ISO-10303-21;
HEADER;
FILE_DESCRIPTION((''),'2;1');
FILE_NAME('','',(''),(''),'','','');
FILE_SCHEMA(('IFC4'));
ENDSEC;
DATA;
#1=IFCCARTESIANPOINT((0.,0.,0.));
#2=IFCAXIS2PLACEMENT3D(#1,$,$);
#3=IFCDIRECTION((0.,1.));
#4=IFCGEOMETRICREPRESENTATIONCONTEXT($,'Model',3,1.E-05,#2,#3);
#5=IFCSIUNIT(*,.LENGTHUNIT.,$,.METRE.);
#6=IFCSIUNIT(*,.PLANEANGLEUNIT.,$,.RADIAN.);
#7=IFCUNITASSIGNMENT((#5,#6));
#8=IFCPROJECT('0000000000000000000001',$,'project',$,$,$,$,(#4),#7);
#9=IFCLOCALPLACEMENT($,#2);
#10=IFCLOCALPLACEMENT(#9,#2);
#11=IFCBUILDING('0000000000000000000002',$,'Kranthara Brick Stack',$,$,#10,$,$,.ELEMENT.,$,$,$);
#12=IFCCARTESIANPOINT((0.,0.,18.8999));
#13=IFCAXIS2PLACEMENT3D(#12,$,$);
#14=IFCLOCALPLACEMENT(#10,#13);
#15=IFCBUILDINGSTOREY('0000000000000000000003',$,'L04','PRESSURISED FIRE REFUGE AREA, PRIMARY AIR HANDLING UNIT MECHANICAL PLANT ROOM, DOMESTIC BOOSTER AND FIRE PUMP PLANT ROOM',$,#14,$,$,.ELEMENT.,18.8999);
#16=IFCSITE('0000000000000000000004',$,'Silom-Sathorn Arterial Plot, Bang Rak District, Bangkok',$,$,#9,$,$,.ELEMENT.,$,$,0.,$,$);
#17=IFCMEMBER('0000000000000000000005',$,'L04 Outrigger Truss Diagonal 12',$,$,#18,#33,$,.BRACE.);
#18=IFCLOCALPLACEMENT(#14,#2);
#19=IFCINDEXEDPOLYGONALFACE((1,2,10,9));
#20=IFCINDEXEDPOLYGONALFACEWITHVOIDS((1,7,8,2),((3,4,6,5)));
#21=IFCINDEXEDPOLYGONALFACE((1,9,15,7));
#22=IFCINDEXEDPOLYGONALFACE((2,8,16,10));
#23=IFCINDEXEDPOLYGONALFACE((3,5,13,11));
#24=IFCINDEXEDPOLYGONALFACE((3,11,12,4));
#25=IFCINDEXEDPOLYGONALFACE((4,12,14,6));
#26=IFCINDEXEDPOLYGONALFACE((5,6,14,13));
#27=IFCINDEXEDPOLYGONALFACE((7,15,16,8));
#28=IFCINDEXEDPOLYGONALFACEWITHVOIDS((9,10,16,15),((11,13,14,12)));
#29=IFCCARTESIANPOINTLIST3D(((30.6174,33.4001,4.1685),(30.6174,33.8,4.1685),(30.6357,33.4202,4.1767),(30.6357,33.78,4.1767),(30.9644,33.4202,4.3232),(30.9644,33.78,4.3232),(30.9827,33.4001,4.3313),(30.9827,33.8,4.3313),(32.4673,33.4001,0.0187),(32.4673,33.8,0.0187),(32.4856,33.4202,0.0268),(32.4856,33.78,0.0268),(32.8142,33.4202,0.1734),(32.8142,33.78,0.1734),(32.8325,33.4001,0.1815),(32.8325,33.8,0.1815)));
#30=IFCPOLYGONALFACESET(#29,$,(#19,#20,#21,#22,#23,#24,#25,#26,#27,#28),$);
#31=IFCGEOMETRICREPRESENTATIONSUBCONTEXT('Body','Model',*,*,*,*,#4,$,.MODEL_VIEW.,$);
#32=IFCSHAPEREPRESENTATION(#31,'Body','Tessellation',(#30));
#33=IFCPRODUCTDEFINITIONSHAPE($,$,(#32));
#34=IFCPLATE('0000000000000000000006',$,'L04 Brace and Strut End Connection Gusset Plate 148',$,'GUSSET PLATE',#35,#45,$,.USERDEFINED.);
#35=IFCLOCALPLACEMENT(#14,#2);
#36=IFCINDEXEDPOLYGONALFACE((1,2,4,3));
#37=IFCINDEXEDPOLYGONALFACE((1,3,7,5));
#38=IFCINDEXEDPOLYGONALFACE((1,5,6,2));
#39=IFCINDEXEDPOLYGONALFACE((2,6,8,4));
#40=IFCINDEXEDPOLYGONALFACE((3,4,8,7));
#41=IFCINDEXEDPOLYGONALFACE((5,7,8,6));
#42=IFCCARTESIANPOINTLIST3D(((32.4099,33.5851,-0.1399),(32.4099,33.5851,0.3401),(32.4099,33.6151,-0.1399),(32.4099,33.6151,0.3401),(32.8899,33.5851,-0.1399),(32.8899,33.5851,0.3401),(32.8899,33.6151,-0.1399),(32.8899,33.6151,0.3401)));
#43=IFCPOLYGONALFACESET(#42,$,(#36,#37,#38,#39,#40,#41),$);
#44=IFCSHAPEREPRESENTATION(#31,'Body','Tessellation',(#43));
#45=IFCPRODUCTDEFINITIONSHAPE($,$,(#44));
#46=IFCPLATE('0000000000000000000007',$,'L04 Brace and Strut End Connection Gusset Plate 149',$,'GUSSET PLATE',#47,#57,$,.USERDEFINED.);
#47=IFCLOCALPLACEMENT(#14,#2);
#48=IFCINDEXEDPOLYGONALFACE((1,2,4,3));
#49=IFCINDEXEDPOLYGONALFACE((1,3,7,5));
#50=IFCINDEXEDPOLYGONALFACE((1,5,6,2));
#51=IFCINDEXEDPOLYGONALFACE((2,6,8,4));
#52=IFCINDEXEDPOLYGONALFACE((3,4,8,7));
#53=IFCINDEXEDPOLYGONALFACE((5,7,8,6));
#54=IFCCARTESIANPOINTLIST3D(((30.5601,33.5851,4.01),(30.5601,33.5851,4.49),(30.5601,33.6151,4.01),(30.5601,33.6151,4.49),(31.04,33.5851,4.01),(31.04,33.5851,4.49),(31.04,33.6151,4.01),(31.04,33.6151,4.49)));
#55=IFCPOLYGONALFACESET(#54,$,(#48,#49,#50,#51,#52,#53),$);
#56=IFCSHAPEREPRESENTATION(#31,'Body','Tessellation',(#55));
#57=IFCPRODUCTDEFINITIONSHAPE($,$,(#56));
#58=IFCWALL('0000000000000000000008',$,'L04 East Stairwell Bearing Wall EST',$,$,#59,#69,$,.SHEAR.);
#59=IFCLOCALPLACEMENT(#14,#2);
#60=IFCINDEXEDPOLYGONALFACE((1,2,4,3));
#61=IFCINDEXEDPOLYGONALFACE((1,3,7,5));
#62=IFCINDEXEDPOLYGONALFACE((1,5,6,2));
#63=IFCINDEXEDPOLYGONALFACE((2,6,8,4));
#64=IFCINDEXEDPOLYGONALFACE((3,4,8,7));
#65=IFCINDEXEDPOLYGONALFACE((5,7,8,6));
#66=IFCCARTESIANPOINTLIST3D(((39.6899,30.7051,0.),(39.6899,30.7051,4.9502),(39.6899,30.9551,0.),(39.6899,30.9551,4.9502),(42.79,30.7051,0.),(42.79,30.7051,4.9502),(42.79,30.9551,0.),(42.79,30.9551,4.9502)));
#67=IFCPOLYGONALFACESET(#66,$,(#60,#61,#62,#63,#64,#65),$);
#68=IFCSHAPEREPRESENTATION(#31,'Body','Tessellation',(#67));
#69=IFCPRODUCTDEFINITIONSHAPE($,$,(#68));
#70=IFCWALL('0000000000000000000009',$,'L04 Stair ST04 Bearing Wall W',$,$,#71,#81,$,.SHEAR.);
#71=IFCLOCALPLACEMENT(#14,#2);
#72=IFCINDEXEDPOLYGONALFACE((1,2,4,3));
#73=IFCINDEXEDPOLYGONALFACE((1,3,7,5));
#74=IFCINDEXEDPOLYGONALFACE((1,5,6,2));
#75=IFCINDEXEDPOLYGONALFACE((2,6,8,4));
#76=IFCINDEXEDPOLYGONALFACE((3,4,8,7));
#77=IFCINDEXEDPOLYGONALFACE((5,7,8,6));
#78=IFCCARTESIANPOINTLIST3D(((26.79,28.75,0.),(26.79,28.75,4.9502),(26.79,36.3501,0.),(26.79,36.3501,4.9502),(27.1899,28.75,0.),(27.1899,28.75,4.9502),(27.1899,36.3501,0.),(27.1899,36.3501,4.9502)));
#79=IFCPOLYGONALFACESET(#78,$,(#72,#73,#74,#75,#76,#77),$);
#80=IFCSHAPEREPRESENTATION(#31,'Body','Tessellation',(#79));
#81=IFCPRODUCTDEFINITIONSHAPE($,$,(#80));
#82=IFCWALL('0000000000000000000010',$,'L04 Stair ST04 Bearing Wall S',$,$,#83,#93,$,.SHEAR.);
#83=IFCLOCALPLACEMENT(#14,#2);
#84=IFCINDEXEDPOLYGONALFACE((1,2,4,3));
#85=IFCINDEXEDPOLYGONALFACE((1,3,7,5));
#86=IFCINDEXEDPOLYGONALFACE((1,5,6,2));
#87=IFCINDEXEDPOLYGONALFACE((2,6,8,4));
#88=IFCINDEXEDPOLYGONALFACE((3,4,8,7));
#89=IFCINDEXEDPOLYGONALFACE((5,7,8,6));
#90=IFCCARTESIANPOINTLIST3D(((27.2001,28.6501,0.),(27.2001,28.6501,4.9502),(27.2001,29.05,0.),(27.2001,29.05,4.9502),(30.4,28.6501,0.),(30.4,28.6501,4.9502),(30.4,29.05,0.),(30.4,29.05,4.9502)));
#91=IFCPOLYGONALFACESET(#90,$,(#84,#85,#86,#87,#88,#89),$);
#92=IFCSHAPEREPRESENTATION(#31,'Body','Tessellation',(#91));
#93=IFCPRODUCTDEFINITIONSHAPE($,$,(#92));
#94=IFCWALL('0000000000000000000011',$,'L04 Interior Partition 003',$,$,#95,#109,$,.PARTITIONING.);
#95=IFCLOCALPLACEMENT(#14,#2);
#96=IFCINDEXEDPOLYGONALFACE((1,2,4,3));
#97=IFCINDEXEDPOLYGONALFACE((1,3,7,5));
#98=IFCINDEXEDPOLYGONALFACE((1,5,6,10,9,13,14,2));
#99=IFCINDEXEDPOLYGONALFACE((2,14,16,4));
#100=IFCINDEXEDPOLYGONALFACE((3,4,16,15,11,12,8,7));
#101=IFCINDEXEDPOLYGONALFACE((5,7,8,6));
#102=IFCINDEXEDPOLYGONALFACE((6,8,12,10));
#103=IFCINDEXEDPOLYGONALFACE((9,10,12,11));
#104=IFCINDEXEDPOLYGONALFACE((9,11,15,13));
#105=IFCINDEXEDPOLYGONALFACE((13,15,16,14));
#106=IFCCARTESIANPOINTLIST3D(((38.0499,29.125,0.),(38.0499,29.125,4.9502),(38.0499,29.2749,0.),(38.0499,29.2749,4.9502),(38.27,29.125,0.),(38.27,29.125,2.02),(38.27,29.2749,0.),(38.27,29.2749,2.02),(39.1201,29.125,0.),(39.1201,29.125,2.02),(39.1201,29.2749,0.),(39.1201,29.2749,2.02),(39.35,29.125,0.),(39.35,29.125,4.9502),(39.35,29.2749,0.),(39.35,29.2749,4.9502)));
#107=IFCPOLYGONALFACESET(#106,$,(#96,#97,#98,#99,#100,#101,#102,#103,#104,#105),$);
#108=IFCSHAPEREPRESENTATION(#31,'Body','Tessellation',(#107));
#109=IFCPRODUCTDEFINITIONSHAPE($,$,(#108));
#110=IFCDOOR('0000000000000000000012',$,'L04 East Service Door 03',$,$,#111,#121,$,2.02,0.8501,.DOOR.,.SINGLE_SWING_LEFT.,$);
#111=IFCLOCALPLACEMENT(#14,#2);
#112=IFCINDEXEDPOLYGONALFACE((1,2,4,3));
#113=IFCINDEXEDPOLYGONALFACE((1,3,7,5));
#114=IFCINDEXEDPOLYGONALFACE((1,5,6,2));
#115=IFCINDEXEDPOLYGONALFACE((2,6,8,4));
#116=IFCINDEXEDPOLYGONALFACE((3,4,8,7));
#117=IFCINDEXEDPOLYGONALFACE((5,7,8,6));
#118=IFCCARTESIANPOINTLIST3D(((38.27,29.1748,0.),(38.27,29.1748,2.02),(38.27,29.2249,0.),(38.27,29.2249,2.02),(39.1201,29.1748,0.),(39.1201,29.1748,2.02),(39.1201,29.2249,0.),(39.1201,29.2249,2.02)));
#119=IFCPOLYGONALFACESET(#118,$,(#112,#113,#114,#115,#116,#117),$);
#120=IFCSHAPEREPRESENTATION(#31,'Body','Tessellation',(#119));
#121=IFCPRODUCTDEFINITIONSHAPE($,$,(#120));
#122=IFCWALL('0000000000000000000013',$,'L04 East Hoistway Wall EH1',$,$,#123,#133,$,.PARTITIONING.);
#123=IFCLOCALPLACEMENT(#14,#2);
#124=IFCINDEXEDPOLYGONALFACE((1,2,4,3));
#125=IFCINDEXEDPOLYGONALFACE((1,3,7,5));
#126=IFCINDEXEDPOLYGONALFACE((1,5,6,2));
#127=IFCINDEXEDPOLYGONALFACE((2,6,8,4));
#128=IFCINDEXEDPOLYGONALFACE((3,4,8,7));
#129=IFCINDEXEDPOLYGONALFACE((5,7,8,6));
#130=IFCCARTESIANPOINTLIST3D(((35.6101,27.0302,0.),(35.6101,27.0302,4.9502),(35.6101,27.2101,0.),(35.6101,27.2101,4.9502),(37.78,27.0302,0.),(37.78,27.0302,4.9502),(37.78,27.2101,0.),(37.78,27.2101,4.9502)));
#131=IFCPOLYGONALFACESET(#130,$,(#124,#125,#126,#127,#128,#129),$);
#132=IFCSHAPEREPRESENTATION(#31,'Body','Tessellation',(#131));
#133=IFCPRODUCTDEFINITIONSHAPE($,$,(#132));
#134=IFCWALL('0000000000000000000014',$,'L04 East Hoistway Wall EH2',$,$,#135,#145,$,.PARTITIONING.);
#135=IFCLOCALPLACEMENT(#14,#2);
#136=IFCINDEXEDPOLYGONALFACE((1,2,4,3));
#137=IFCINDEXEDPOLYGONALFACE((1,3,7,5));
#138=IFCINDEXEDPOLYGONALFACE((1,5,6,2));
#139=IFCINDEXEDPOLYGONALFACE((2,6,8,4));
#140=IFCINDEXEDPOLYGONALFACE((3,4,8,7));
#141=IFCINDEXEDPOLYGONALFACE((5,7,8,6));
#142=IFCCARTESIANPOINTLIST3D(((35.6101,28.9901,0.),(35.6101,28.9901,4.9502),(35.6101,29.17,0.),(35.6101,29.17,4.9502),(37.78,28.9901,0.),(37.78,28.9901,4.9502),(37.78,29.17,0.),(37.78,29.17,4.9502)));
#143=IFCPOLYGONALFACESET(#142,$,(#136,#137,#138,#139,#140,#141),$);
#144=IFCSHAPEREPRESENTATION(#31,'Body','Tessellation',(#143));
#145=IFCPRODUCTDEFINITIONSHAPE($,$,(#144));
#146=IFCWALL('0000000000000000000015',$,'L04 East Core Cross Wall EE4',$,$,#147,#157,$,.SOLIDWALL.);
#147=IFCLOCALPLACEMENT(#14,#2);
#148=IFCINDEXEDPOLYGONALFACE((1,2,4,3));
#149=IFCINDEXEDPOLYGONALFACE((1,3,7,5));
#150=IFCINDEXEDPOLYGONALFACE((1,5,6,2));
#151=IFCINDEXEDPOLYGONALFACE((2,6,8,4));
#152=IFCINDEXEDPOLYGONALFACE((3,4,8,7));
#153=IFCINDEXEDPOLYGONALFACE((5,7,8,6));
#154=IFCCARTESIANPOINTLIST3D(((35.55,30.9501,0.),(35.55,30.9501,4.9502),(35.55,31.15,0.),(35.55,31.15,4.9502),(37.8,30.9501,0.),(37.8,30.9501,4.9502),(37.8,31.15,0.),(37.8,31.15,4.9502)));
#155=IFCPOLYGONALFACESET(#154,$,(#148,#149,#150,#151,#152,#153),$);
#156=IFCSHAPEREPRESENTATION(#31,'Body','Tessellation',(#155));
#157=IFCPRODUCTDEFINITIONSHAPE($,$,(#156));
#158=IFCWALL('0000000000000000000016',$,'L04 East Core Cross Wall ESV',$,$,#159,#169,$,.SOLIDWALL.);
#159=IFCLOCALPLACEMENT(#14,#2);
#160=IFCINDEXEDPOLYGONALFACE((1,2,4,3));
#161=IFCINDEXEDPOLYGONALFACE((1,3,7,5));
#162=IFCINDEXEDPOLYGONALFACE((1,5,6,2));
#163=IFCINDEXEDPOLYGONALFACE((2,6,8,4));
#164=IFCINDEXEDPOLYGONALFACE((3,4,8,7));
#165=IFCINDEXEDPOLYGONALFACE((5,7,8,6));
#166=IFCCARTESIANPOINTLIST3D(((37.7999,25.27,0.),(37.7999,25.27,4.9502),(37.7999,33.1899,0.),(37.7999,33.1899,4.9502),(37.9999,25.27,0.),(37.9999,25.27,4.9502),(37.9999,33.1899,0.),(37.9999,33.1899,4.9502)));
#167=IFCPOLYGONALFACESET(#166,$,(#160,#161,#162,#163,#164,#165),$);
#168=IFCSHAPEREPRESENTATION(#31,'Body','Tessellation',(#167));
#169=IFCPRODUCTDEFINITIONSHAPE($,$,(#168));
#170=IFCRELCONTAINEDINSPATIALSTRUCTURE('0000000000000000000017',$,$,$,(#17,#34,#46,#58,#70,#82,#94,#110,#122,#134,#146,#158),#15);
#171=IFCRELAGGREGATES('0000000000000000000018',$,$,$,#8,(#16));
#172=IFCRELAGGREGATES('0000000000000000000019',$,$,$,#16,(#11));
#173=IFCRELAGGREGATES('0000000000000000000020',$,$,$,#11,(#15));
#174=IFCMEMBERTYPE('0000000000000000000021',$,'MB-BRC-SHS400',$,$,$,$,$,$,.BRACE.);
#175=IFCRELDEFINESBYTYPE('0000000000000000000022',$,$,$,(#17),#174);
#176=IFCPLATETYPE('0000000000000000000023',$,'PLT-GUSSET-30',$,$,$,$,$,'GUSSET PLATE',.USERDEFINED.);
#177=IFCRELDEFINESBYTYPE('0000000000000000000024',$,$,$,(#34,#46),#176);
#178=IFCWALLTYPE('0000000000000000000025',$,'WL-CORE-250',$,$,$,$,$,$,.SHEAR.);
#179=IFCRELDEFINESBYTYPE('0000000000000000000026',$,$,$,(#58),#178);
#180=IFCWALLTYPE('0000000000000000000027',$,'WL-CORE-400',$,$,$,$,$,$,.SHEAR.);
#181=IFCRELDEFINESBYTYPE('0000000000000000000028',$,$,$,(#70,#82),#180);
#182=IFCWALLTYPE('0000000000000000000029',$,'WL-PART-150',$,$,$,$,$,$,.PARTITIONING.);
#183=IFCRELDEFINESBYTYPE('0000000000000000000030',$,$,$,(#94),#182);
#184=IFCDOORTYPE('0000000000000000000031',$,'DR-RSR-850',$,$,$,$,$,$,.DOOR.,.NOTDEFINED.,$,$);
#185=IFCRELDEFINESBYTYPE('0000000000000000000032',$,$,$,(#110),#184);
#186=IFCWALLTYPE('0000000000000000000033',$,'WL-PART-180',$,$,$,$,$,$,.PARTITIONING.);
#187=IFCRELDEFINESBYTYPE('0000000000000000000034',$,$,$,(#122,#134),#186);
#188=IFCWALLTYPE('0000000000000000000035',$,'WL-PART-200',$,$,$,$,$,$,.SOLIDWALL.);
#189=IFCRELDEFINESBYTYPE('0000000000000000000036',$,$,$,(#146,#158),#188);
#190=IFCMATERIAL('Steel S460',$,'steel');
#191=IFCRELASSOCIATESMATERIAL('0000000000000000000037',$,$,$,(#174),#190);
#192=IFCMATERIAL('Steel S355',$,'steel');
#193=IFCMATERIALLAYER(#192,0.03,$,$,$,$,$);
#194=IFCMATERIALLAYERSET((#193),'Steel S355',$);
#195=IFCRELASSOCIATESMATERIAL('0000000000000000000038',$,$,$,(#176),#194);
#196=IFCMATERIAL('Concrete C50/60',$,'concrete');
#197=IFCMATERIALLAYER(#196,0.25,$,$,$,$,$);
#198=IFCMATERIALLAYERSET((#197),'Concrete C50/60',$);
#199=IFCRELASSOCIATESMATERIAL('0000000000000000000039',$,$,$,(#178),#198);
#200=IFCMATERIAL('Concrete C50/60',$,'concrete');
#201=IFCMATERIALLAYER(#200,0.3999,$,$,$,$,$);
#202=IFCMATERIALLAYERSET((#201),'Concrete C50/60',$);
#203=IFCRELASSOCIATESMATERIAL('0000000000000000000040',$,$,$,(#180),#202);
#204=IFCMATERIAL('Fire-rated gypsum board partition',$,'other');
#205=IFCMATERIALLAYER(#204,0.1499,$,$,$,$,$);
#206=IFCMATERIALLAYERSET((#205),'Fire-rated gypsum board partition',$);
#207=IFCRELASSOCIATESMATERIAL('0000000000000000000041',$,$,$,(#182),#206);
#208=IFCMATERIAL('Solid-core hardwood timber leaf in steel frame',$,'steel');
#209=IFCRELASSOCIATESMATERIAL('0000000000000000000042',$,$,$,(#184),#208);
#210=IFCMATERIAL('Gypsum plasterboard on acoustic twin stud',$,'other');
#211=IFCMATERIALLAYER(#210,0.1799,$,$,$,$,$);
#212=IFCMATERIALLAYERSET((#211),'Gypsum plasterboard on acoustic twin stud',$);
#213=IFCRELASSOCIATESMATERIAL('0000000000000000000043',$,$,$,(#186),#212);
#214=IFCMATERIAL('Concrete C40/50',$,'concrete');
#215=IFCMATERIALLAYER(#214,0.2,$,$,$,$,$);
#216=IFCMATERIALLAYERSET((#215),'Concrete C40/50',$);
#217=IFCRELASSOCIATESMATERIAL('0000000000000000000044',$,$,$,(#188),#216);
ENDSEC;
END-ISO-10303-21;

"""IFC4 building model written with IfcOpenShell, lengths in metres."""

from ifc_helpers import new_model, si_unit, direction, frame, frame_2d, origin, origin_2d, place, context, subcontext, project, spatial, rectangle, hollow_rectangle, extrude, material, layer, layer_set, material_profile, profile_set, type_object, element, fill, save


model = new_model("IFC4")

# Units and contexts
model_context = context("Model", 3, precision=1e-05, world=origin(), true_north=direction((0.0, 1.0)))
body_context = subcontext(model_context, "Body", "Model", "MODEL_VIEW")
ifc_project = project(units=[si_unit("LENGTHUNIT", "METRE"), si_unit("PLANEANGLEUNIT", "RADIAN")], contexts=[model_context])

# Site, building, storey
site_placement = place(None, origin())
site = spatial("IfcSite", under=ifc_project, at=site_placement, Name="Silom-Sathorn Arterial Plot, Bang Rak District, Bangkok", CompositionType="ELEMENT", RefElevation=0.0)
building_placement = place(site_placement, origin())
building = spatial("IfcBuilding", under=site, at=building_placement, Name="Kranthara Brick Stack", CompositionType="ELEMENT")
storey_placement = place(building_placement, frame((0.0, 0.0, 18.8999)))
storey = spatial("IfcBuildingStorey", under=building, at=storey_placement, Name="L04", Description="PRESSURISED FIRE REFUGE AREA, PRIMARY AIR HANDLING UNIT MECHANICAL PLANT ROOM, DOMESTIC BOOSTER AND FIRE PUMP PLANT ROOM", CompositionType="ELEMENT", Elevation=18.8999)

# Member
ifc_material_1 = material(Name="Steel S460", Category="steel")
ifc_material_profile = material_profile(ifc_material_1, hollow_rectangle(XDim=0.3999, YDim=0.3999, WallThickness=0.02, at=origin_2d()), Name="SHS 400x400x20")
ifc_profile_set = profile_set([ifc_material_profile], Name="Steel S460")
member_type = type_object("IfcMemberType", Name="MB-BRC-SHS400", PredefinedType="BRACE", material=ifc_profile_set)
member_placement = place(storey_placement, frame((32.6499, 33.6001, 0.1001), z_axis=(-0.40714, 0.0, 0.913366), x_axis=(0.0, -1.0, 0.0)))
element("IfcMember", 1, at=member_placement, inside=storey, type_object=member_type, Name="L04 Outrigger Truss Diagonal 12", PredefinedType="BRACE", context=body_context, shape_type="SweptSolid", body=[
    extrude(hollow_rectangle(XDim=0.3999, YDim=0.3999, WallThickness=0.02, at=origin_2d()), origin(), (0.0, 0.0, 1.0), 4.5435),
])

# Plates
ifc_material_2 = material(Name="Steel S355", Category="steel")
ifc_layer_1 = layer(ifc_material_2, 0.03)
ifc_layer_set_1 = layer_set([ifc_layer_1], Name="Steel S355")
plate_type = type_object("IfcPlateType", Name="PLT-GUSSET-30", ElementType="GUSSET PLATE", PredefinedType="USERDEFINED", material=ifc_layer_set_1)
for number, where, z_axis, x_axis, name in (
    (2, (32.6499, 33.6001, -0.1399), (0.0, 0.0, 1.0), (1.0, 0.0, 0.0), "L04 Brace and Strut End Connection Gusset Plate 148"),
    (3, (30.8, 33.6001, 4.01), (0.0, 0.0, 1.0), (1.0, 0.0, 0.0), "L04 Brace and Strut End Connection Gusset Plate 149"),
):
    element("IfcPlate", number, at=place(storey_placement, frame(where, z_axis=z_axis, x_axis=x_axis)), inside=storey, type_object=plate_type, Name=name, ObjectType="GUSSET PLATE", PredefinedType="USERDEFINED", context=body_context, shape_type="SweptSolid", body=[
        extrude(rectangle(XDim=0.48, YDim=0.03, at=origin_2d()), origin(), (0.0, 0.0, 1.0), 0.48),
    ])

# Walls
ifc_material_3 = material(Name="Concrete C50/60", Category="concrete")
ifc_layer_2 = layer(ifc_material_3, 0.25)
ifc_layer_set_2 = layer_set([ifc_layer_2], Name="Concrete C50/60")
wall_type_1 = type_object("IfcWallType", Name="WL-CORE-250", PredefinedType="SHEAR", material=ifc_layer_set_2)
wall_1_placement = place(storey_placement, frame((39.6899, 30.8301, 0.0), z_axis=(0.0, 0.0, 1.0), x_axis=(1.0, 0.0, 0.0)))
element("IfcWall", 4, at=wall_1_placement, inside=storey, type_object=wall_type_1, Name="L04 East Stairwell Bearing Wall EST", PredefinedType="SHEAR", context=body_context, shape_type="SweptSolid", body=[
    extrude(rectangle(XDim=3.1001, YDim=0.25, at=frame_2d((1.55, 0.0))), origin(), (0.0, 0.0, 1.0), 4.9502),
])
ifc_material_4 = material(Name="Concrete C50/60", Category="concrete")
ifc_layer_3 = layer(ifc_material_4, 0.3999)
ifc_layer_set_3 = layer_set([ifc_layer_3], Name="Concrete C50/60")
wall_type_2 = type_object("IfcWallType", Name="WL-CORE-400", PredefinedType="SHEAR", material=ifc_layer_set_3)
wall_2_placement = place(storey_placement, frame((26.99, 28.75, 0.0), z_axis=(0.0, 0.0, 1.0), x_axis=(0.0, 1.0, 0.0)))
element("IfcWall", 5, at=wall_2_placement, inside=storey, type_object=wall_type_2, Name="L04 Stair ST04 Bearing Wall W", PredefinedType="SHEAR", context=body_context, shape_type="SweptSolid", body=[
    extrude(rectangle(XDim=7.6001, YDim=0.3999, at=frame_2d((3.8, 0.0))), origin(), (0.0, 0.0, 1.0), 4.9502),
])

# Wall
wall_3_placement = place(storey_placement, frame((27.2, 28.8501, 0.0), z_axis=(0.0, 0.0, 1.0), x_axis=(1.0, 0.0, 0.0)))
element("IfcWall", 6, at=wall_3_placement, inside=storey, type_object=wall_type_2, Name="L04 Stair ST04 Bearing Wall S", PredefinedType="SHEAR", context=body_context, shape_type="SweptSolid", body=[
    extrude(rectangle(XDim=3.2, YDim=0.3999, at=frame_2d((1.6001, 0.0))), origin(), (0.0, 0.0, 1.0), 4.9502),
])

# Wall, opening, door
ifc_material_5 = material(Name="Fire-rated gypsum board partition", Category="other")
ifc_layer_4 = layer(ifc_material_5, 0.1499)
ifc_layer_set_4 = layer_set([ifc_layer_4], Name="Fire-rated gypsum board partition")
wall_type_3 = type_object("IfcWallType", Name="WL-PART-150", PredefinedType="PARTITIONING", material=ifc_layer_set_4)
wall_4_placement = place(storey_placement, frame((38.05, 29.2, 0.0), z_axis=(0.0, 0.0, 1.0), x_axis=(1.0, 0.0, 0.0)))
wall_4 = element("IfcWall", 7, at=wall_4_placement, inside=storey, type_object=wall_type_3, Name="L04 Interior Partition 003", PredefinedType="PARTITIONING", context=body_context, shape_type="SweptSolid", body=[
    extrude(rectangle(XDim=1.3, YDim=0.1499, at=frame_2d((0.6499, 0.0))), origin(), (0.0, 0.0, 1.0), 4.9502),
])
opening_1_placement = place(wall_4_placement, frame((0.22, 0.0, 0.0)))
opening_1 = element("IfcOpeningElement", 8, at=opening_1_placement, cuts=wall_4, PredefinedType="OPENING", context=body_context, shape_type="SweptSolid", body=[
    extrude(rectangle(XDim=0.8501, YDim=2.02, at=frame_2d((0.425, 1.01))), frame((0.0, 0.085, 0.0), z_axis=(0.0, -1.0, 0.0), x_axis=(1.0, 0.0, 0.0)), (0.0, 0.0, 1.0), 0.1699),
])
ifc_material_6 = material(Name="Solid-core hardwood timber leaf in steel frame", Category="steel")
door_type_1 = type_object("IfcDoorType", Name="DR-RSR-850", OperationType="NOTDEFINED", PredefinedType="DOOR", material=ifc_material_6)
door_1_placement = place(opening_1_placement, origin())
door_1 = element("IfcDoor", 9, at=door_1_placement, inside=storey, type_object=door_type_1, Name="L04 East Service Door 03", OperationType="SINGLE_SWING_LEFT", OverallHeight=2.02, OverallWidth=0.8501, PredefinedType="DOOR", context=body_context, shape_type="SweptSolid", body=[
    extrude(rectangle(XDim=0.8501, YDim=2.02, at=frame_2d((0.425, 1.01))), frame((0.0, 0.0249, 0.0), z_axis=(0.0, -1.0, 0.0), x_axis=(1.0, 0.0, 0.0)), (0.0, 0.0, 1.0), 0.05),
])
fill(opening_1, door_1)

# Walls
ifc_material_7 = material(Name="Gypsum plasterboard on acoustic twin stud", Category="other")
ifc_layer_5 = layer(ifc_material_7, 0.1799)
ifc_layer_set_5 = layer_set([ifc_layer_5], Name="Gypsum plasterboard on acoustic twin stud")
wall_type_4 = type_object("IfcWallType", Name="WL-PART-180", PredefinedType="PARTITIONING", material=ifc_layer_set_5)
for number, where, z_axis, x_axis, name in (
    (10, (35.6101, 27.1201, 0.0), (0.0, 0.0, 1.0), (1.0, 0.0, 0.0), "L04 East Hoistway Wall EH1"),
    (11, (35.6101, 29.0801, 0.0), (0.0, 0.0, 1.0), (1.0, 0.0, 0.0), "L04 East Hoistway Wall EH2"),
):
    element("IfcWall", number, at=place(storey_placement, frame(where, z_axis=z_axis, x_axis=x_axis)), inside=storey, type_object=wall_type_4, Name=name, PredefinedType="PARTITIONING", context=body_context, shape_type="SweptSolid", body=[
        extrude(rectangle(XDim=2.1699, YDim=0.1799, at=frame_2d((1.085, 0.0))), origin(), (0.0, 0.0, 1.0), 4.9502),
    ])
ifc_material_8 = material(Name="Concrete C40/50", Category="concrete")
ifc_layer_6 = layer(ifc_material_8, 0.2)
ifc_layer_set_6 = layer_set([ifc_layer_6], Name="Concrete C40/50")
wall_type_5 = type_object("IfcWallType", Name="WL-PART-200", PredefinedType="SOLIDWALL", material=ifc_layer_set_6)
wall_5_placement = place(storey_placement, frame((35.55, 31.05, 0.0), z_axis=(0.0, 0.0, 1.0), x_axis=(1.0, 0.0, 0.0)))
element("IfcWall", 12, at=wall_5_placement, inside=storey, type_object=wall_type_5, Name="L04 East Core Cross Wall EE4", PredefinedType="SOLIDWALL", context=body_context, shape_type="SweptSolid", body=[
    extrude(rectangle(XDim=2.25, YDim=0.2, at=frame_2d((1.125, 0.0))), origin(), (0.0, 0.0, 1.0), 4.9502),
])
wall_6_placement = place(storey_placement, frame((37.8999, 25.27, 0.0), z_axis=(0.0, 0.0, 1.0), x_axis=(0.0, 1.0, 0.0)))
element("IfcWall", 13, at=wall_6_placement, inside=storey, type_object=wall_type_5, Name="L04 East Core Cross Wall ESV", PredefinedType="SOLIDWALL", context=body_context, shape_type="SweptSolid", body=[
    extrude(rectangle(XDim=7.9199, YDim=0.2, at=frame_2d((3.96, 0.0))), origin(), (0.0, 0.0, 1.0), 4.9502),
])

save(model, "model.ifc")
